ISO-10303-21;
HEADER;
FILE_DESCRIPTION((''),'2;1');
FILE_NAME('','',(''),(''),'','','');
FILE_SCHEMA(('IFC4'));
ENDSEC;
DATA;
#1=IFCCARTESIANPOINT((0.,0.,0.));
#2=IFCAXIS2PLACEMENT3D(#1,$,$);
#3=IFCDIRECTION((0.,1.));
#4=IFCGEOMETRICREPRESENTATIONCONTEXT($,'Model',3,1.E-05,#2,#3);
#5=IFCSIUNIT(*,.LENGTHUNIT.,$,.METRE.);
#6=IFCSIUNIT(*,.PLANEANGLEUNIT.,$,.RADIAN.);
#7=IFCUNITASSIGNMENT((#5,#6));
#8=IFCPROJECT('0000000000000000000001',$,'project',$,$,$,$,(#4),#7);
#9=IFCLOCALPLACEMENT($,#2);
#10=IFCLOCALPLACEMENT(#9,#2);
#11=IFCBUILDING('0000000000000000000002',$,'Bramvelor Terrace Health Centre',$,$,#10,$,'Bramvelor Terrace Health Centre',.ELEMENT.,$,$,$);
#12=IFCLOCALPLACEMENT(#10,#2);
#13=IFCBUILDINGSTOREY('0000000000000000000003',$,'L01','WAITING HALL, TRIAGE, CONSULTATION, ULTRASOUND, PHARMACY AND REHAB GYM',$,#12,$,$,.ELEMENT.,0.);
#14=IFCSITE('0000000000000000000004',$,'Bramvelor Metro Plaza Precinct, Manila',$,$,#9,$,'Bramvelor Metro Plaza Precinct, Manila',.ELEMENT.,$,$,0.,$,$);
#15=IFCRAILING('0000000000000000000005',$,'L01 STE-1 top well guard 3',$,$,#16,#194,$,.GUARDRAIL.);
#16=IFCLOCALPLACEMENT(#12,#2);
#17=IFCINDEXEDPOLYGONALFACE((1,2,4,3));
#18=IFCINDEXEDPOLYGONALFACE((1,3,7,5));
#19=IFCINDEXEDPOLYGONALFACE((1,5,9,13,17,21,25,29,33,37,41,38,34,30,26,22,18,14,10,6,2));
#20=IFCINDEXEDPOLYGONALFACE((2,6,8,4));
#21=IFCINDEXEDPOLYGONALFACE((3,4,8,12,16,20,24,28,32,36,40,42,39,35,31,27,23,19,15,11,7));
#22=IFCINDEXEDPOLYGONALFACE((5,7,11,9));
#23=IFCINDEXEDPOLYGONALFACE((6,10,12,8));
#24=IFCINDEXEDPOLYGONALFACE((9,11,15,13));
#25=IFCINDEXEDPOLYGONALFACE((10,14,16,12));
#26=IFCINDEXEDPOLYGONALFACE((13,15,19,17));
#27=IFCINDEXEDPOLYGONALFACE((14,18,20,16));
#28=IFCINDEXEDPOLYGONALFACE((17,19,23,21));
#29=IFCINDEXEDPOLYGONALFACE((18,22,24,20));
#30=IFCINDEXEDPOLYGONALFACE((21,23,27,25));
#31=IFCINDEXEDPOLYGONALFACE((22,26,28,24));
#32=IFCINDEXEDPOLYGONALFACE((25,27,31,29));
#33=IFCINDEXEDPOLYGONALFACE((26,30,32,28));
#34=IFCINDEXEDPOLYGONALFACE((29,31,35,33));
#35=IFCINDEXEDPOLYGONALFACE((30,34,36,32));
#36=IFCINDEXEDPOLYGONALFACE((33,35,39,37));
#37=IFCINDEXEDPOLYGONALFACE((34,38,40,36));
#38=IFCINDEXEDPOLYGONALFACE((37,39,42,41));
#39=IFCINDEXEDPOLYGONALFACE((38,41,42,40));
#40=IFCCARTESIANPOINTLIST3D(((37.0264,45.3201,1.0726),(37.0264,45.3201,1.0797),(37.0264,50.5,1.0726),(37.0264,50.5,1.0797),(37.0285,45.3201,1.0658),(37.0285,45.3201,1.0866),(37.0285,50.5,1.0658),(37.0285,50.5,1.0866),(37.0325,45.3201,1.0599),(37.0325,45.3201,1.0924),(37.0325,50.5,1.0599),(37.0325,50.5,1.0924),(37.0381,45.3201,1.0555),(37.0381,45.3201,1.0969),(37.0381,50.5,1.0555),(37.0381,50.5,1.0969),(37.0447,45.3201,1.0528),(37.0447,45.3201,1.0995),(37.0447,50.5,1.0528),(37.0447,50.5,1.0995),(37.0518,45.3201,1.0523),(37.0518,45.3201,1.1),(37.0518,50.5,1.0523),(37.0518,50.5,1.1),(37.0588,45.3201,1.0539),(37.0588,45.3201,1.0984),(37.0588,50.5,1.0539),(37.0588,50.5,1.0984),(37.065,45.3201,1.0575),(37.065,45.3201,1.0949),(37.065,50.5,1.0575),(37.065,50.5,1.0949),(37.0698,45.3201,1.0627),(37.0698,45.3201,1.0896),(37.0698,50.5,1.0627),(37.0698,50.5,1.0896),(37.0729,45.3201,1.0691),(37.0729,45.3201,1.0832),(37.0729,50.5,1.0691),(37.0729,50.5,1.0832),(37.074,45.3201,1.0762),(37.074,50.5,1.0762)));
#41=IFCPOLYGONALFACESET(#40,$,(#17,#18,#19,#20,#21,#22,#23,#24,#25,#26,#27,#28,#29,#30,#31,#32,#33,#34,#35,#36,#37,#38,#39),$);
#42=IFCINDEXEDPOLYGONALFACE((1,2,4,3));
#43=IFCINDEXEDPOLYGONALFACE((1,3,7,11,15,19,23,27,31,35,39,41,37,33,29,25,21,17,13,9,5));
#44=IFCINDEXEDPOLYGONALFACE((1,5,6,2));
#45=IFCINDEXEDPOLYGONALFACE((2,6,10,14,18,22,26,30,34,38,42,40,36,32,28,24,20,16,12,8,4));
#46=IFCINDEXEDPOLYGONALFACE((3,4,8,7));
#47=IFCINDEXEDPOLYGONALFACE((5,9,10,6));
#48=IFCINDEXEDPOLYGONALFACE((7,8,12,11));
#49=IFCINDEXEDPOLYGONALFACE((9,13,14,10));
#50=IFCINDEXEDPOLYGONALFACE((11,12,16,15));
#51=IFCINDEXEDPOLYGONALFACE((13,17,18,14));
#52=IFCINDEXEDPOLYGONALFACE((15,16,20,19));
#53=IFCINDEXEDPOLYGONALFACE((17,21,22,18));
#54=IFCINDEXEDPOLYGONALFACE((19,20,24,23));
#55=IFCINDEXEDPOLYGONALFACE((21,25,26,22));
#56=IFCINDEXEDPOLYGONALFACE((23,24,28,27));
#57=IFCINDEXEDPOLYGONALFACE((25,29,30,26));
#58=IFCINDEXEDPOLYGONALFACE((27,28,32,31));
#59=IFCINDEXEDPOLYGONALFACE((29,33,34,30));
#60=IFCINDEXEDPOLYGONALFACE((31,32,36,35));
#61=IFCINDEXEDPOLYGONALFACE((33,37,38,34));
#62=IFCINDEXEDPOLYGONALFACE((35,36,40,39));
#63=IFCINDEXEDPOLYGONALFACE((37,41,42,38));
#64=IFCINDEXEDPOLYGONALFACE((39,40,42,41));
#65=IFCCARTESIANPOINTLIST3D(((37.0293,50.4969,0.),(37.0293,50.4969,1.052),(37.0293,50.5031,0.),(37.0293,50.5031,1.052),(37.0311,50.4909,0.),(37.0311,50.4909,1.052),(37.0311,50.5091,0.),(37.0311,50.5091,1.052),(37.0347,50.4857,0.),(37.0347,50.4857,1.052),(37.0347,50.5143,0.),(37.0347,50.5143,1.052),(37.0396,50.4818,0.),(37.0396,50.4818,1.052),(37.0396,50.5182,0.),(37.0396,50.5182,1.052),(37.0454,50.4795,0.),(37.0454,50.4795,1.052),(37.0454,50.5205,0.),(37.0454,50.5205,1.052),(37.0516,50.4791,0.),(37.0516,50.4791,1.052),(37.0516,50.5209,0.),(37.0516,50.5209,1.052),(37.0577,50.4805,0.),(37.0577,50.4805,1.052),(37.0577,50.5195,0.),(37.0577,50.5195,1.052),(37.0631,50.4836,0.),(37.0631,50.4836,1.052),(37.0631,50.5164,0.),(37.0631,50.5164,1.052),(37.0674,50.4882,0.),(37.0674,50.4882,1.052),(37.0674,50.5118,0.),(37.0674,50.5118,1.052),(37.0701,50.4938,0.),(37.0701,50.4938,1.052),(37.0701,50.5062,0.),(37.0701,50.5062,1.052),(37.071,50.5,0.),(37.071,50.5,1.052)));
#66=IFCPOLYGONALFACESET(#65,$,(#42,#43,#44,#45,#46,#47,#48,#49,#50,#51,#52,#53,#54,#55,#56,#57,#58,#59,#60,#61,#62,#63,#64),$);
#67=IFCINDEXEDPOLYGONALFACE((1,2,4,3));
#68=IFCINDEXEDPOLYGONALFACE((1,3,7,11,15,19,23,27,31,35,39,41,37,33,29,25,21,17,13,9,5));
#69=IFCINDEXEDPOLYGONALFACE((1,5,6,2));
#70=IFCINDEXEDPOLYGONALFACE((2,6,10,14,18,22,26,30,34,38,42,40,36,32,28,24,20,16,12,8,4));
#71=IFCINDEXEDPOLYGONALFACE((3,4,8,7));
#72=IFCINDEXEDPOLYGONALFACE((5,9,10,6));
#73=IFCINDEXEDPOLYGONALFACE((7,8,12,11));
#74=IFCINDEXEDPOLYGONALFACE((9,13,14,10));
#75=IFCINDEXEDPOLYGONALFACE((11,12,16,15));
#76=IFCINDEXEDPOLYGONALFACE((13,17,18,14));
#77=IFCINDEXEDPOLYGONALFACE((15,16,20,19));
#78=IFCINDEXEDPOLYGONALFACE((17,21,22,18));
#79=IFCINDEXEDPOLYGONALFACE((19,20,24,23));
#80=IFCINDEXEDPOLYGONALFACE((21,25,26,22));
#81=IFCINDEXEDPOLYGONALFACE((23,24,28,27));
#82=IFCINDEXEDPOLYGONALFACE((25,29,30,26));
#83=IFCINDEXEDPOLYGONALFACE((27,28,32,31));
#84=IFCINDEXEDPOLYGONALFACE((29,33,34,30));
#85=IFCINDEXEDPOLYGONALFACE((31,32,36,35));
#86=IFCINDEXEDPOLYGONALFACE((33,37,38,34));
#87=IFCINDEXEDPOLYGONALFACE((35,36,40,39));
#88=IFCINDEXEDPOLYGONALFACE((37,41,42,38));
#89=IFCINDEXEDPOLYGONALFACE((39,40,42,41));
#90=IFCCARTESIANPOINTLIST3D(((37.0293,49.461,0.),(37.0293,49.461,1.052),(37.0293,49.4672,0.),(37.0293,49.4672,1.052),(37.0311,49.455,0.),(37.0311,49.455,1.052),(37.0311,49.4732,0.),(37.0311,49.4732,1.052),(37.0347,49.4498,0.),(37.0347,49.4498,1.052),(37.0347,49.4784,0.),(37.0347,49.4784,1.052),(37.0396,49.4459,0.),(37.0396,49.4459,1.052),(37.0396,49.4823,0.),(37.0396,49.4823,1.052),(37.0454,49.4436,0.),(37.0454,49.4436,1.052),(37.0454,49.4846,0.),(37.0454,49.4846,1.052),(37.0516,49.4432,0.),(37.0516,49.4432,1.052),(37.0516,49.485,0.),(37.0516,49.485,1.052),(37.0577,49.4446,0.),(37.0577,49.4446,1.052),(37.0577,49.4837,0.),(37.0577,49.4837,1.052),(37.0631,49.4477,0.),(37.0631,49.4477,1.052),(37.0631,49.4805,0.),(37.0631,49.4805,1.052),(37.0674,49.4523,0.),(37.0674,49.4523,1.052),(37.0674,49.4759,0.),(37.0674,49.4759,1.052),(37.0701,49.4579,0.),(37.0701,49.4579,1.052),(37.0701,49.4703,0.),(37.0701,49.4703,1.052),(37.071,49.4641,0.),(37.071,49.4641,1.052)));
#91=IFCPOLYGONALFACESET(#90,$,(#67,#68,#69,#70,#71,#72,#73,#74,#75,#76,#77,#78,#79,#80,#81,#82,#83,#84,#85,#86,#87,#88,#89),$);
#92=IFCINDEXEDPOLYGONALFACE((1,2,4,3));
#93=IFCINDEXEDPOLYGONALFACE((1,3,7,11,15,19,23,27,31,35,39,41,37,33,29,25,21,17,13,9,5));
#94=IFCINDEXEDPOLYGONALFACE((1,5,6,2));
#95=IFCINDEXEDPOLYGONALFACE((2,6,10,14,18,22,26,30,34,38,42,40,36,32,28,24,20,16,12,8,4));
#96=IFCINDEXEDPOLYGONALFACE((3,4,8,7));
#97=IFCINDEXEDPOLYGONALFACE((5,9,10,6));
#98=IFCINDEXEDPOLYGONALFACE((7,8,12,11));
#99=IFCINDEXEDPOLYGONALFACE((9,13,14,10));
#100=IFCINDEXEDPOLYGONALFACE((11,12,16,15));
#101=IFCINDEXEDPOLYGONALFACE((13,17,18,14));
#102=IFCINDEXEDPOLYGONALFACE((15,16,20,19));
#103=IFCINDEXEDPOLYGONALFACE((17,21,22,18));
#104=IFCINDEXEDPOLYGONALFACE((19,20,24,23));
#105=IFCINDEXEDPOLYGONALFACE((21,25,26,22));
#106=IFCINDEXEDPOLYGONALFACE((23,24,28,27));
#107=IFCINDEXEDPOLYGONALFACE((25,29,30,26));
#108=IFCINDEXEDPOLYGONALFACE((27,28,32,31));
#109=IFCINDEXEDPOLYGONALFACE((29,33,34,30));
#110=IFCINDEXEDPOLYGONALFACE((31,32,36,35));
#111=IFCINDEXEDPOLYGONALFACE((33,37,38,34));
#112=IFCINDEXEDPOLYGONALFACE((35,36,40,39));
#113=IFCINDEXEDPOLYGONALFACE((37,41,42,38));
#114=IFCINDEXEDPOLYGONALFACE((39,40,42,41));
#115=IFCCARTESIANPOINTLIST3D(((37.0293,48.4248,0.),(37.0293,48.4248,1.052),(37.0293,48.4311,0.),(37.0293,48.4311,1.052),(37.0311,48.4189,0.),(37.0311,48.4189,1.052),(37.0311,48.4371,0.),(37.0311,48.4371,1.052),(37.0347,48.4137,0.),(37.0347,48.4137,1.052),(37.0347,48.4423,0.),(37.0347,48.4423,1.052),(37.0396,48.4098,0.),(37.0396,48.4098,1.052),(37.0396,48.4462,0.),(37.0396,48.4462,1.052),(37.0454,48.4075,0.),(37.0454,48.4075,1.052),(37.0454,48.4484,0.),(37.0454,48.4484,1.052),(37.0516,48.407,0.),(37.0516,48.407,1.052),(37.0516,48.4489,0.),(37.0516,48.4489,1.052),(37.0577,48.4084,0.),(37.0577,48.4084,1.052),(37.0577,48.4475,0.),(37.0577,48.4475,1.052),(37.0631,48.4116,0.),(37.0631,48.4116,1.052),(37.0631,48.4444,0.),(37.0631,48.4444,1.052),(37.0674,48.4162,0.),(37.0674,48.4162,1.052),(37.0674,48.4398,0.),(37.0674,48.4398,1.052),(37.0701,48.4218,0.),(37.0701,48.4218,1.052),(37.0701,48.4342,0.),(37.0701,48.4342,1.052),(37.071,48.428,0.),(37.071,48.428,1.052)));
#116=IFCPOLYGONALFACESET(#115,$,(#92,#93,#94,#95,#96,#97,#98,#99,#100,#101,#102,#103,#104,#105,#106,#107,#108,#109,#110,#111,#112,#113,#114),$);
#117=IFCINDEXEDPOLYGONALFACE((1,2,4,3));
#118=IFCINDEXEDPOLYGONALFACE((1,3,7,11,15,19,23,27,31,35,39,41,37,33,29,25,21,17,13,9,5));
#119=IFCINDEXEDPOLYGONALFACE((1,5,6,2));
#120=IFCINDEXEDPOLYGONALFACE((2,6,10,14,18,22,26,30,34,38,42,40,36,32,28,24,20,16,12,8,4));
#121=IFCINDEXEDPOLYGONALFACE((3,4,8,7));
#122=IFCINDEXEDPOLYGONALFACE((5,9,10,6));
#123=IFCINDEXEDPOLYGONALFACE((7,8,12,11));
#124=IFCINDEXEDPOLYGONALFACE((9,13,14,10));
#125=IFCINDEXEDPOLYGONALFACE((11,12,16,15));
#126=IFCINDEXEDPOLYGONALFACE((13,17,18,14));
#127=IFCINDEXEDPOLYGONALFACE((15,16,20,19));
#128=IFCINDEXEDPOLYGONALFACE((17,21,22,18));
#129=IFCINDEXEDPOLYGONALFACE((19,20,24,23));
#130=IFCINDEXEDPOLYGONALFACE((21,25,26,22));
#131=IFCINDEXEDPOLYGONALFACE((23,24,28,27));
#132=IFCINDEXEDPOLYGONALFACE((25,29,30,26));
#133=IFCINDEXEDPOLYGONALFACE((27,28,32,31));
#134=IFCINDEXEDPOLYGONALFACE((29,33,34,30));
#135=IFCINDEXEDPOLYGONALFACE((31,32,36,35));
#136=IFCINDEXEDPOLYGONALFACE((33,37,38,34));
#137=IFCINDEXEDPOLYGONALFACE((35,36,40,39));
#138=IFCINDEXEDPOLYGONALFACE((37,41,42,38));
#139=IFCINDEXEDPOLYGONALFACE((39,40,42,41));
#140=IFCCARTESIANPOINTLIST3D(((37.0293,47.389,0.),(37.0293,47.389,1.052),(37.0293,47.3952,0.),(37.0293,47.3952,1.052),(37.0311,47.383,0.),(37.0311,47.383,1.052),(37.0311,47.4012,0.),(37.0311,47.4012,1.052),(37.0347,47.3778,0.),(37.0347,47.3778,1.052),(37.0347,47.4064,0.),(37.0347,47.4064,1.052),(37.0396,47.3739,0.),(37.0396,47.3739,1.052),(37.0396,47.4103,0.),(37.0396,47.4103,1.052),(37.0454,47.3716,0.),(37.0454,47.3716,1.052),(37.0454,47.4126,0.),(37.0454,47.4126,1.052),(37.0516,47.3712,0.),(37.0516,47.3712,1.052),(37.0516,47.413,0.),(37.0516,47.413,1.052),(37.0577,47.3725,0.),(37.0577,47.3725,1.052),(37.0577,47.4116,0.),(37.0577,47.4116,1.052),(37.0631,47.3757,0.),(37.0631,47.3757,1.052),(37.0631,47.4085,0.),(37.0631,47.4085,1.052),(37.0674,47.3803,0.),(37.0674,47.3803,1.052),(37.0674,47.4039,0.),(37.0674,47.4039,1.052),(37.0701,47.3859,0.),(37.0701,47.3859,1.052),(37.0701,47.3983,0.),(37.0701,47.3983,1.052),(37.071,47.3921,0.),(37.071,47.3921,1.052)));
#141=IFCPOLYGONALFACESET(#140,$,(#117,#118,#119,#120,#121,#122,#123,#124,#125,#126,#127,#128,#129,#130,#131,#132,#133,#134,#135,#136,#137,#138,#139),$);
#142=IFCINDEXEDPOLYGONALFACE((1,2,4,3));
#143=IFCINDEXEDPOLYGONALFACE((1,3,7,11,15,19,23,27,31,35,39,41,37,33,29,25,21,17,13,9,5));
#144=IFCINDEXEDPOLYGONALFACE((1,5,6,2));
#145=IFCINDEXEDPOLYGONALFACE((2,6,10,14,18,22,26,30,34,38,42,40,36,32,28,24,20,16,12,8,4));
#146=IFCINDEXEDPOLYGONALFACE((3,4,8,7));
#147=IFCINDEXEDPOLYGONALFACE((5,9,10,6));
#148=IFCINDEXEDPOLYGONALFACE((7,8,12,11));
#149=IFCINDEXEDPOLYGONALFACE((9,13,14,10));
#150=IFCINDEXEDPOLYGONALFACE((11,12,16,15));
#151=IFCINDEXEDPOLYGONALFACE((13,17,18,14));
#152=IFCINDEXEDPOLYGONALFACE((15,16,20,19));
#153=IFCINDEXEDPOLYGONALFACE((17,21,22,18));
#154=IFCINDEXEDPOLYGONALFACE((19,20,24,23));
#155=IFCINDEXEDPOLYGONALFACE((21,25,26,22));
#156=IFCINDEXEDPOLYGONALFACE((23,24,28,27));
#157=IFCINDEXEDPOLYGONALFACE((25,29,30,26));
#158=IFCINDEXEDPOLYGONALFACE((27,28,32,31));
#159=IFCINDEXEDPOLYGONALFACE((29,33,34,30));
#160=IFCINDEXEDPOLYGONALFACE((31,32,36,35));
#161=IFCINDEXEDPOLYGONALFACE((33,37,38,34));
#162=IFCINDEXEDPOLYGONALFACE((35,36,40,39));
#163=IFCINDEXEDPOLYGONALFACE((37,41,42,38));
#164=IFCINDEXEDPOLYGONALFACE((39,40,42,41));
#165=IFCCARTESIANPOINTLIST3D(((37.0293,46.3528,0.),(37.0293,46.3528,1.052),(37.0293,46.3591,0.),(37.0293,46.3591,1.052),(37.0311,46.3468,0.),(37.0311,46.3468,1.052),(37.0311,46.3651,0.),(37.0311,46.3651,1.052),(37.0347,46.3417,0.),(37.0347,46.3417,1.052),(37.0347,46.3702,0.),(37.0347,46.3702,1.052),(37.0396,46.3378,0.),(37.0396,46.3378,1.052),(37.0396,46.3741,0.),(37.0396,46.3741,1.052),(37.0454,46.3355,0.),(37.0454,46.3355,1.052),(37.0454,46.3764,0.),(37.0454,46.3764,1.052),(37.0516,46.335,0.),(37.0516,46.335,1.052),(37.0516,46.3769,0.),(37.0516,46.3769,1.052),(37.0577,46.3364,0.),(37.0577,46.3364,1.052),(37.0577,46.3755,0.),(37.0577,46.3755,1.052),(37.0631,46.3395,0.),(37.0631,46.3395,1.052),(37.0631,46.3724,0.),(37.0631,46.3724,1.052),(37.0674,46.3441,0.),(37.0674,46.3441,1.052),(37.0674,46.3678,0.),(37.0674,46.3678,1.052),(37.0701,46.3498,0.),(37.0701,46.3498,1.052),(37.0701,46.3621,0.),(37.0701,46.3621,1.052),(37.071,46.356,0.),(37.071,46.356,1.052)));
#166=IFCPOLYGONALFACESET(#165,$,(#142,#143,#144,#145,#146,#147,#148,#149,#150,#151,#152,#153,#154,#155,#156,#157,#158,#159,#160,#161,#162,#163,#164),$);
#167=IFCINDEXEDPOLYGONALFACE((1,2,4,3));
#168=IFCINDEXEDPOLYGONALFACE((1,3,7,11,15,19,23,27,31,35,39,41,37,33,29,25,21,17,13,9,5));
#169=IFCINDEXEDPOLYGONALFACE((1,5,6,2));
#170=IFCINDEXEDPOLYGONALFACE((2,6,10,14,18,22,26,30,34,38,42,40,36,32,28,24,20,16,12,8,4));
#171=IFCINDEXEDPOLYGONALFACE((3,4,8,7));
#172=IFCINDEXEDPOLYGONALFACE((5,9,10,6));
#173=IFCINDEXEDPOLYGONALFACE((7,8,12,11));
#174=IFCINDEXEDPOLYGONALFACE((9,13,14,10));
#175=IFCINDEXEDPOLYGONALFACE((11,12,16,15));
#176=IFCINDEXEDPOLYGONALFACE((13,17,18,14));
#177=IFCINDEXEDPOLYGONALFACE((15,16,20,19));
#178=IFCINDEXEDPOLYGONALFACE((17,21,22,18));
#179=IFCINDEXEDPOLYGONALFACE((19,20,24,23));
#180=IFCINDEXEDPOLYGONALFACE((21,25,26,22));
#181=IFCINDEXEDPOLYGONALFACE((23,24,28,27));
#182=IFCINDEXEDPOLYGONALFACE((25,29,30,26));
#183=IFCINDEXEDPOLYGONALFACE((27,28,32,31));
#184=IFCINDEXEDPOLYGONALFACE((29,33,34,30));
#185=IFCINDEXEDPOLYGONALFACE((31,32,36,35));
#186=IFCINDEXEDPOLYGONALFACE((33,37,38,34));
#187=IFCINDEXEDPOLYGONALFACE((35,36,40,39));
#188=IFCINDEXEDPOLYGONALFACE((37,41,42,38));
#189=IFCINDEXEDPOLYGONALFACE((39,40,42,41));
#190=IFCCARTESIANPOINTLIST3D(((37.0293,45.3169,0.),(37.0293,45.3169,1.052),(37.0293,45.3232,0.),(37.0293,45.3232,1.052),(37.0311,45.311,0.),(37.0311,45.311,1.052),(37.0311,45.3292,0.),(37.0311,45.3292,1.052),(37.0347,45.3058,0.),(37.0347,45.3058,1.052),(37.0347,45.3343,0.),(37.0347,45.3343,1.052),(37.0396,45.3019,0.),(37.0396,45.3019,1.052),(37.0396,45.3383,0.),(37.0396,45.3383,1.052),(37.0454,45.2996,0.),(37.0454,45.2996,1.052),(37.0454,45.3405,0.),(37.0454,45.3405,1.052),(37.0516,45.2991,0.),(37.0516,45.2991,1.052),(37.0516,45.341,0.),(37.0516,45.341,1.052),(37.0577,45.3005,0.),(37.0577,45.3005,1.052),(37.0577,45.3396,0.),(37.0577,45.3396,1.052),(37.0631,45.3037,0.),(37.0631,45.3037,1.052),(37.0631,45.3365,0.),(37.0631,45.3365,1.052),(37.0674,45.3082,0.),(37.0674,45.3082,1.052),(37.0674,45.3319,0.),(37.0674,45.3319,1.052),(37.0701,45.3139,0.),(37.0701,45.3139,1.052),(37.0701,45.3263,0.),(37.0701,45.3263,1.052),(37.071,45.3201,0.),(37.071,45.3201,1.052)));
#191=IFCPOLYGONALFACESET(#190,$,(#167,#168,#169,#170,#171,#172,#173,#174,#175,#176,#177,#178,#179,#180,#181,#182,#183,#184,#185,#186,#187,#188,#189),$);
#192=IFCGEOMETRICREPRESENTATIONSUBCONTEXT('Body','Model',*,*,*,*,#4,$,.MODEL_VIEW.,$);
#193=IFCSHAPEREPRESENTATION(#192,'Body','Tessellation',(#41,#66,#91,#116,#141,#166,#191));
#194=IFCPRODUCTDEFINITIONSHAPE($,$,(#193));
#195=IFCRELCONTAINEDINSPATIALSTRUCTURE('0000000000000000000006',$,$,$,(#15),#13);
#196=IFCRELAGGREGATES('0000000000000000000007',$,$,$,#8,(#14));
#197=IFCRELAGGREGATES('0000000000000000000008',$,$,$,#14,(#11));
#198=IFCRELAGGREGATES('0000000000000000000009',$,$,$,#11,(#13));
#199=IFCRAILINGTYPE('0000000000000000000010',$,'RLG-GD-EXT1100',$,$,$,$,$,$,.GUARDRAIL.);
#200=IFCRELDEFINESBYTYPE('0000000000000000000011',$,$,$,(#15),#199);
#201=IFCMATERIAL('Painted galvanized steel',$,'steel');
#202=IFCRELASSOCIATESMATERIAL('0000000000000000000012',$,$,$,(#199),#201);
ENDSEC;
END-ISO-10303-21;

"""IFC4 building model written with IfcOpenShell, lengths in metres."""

from ifc_helpers import new_model, si_unit, direction, frame, origin, origin_2d, place, context, subcontext, project, spatial, circle, extrude, material, type_object, element, save


model = new_model("IFC4")

# Units and contexts
model_context = context("Model", 3, precision=1e-05, world=origin(), true_north=direction((0.0, 1.0)))
body_context = subcontext(model_context, "Body", "Model", "MODEL_VIEW")
ifc_project = project(units=[si_unit("LENGTHUNIT", "METRE"), si_unit("PLANEANGLEUNIT", "RADIAN")], contexts=[model_context])

# Site, building, storey
site_placement = place(None, origin())
site = spatial("IfcSite", under=ifc_project, at=site_placement, Name="Bramvelor Metro Plaza Precinct, Manila", LongName="Bramvelor Metro Plaza Precinct, Manila", CompositionType="ELEMENT", RefElevation=0.0)
building_placement = place(site_placement, origin())
building = spatial("IfcBuilding", under=site, at=building_placement, Name="Bramvelor Terrace Health Centre", LongName="Bramvelor Terrace Health Centre", CompositionType="ELEMENT")
storey_placement = place(building_placement, origin())
storey = spatial("IfcBuildingStorey", under=building, at=storey_placement, Name="L01", Description="WAITING HALL, TRIAGE, CONSULTATION, ULTRASOUND, PHARMACY AND REHAB GYM", CompositionType="ELEMENT", Elevation=0.0)

# Railing
ifc_material_1 = material(Name="Painted galvanized steel", Category="steel")
railing_type_1 = type_object("IfcRailingType", Name="RLG-GD-EXT1100", PredefinedType="GUARDRAIL", material=ifc_material_1)
for number, where, name in (
    (1, (37.05, 50.5, 0.0), "L01 STE-1 top well guard 3"),
):
    element("IfcRailing", number, at=place(storey_placement, frame(where)), inside=storey, type_object=railing_type_1, Name=name, PredefinedType="GUARDRAIL", context=body_context, shape_type="SweptSolid", body=[
        extrude(circle(Radius=0.0239, at=origin_2d()), frame((0.0, 0.0, 1.0762), z_axis=(0.0, -1.0, 0.0), x_axis=(1.0, 0.0, 0.0)), (0.0, 0.0, 1.0), 5.1799),
        extrude(circle(Radius=0.021, at=origin_2d()), origin(), (0.0, 0.0, 1.0), 1.052),
        extrude(circle(Radius=0.021, at=origin_2d()), frame((0.0, -1.0359, 0.0)), (0.0, 0.0, 1.0), 1.052),
        extrude(circle(Radius=0.021, at=origin_2d()), frame((0.0, -2.072, 0.0)), (0.0, 0.0, 1.0), 1.052),
        extrude(circle(Radius=0.021, at=origin_2d()), frame((0.0, -3.1079, 0.0)), (0.0, 0.0, 1.0), 1.052),
        extrude(circle(Radius=0.021, at=origin_2d()), frame((0.0, -4.144, 0.0)), (0.0, 0.0, 1.0), 1.052),
        extrude(circle(Radius=0.021, at=origin_2d()), frame((0.0, -5.1799, 0.0)), (0.0, 0.0, 1.0), 1.052),
    ])

save(model, "model.ifc")
